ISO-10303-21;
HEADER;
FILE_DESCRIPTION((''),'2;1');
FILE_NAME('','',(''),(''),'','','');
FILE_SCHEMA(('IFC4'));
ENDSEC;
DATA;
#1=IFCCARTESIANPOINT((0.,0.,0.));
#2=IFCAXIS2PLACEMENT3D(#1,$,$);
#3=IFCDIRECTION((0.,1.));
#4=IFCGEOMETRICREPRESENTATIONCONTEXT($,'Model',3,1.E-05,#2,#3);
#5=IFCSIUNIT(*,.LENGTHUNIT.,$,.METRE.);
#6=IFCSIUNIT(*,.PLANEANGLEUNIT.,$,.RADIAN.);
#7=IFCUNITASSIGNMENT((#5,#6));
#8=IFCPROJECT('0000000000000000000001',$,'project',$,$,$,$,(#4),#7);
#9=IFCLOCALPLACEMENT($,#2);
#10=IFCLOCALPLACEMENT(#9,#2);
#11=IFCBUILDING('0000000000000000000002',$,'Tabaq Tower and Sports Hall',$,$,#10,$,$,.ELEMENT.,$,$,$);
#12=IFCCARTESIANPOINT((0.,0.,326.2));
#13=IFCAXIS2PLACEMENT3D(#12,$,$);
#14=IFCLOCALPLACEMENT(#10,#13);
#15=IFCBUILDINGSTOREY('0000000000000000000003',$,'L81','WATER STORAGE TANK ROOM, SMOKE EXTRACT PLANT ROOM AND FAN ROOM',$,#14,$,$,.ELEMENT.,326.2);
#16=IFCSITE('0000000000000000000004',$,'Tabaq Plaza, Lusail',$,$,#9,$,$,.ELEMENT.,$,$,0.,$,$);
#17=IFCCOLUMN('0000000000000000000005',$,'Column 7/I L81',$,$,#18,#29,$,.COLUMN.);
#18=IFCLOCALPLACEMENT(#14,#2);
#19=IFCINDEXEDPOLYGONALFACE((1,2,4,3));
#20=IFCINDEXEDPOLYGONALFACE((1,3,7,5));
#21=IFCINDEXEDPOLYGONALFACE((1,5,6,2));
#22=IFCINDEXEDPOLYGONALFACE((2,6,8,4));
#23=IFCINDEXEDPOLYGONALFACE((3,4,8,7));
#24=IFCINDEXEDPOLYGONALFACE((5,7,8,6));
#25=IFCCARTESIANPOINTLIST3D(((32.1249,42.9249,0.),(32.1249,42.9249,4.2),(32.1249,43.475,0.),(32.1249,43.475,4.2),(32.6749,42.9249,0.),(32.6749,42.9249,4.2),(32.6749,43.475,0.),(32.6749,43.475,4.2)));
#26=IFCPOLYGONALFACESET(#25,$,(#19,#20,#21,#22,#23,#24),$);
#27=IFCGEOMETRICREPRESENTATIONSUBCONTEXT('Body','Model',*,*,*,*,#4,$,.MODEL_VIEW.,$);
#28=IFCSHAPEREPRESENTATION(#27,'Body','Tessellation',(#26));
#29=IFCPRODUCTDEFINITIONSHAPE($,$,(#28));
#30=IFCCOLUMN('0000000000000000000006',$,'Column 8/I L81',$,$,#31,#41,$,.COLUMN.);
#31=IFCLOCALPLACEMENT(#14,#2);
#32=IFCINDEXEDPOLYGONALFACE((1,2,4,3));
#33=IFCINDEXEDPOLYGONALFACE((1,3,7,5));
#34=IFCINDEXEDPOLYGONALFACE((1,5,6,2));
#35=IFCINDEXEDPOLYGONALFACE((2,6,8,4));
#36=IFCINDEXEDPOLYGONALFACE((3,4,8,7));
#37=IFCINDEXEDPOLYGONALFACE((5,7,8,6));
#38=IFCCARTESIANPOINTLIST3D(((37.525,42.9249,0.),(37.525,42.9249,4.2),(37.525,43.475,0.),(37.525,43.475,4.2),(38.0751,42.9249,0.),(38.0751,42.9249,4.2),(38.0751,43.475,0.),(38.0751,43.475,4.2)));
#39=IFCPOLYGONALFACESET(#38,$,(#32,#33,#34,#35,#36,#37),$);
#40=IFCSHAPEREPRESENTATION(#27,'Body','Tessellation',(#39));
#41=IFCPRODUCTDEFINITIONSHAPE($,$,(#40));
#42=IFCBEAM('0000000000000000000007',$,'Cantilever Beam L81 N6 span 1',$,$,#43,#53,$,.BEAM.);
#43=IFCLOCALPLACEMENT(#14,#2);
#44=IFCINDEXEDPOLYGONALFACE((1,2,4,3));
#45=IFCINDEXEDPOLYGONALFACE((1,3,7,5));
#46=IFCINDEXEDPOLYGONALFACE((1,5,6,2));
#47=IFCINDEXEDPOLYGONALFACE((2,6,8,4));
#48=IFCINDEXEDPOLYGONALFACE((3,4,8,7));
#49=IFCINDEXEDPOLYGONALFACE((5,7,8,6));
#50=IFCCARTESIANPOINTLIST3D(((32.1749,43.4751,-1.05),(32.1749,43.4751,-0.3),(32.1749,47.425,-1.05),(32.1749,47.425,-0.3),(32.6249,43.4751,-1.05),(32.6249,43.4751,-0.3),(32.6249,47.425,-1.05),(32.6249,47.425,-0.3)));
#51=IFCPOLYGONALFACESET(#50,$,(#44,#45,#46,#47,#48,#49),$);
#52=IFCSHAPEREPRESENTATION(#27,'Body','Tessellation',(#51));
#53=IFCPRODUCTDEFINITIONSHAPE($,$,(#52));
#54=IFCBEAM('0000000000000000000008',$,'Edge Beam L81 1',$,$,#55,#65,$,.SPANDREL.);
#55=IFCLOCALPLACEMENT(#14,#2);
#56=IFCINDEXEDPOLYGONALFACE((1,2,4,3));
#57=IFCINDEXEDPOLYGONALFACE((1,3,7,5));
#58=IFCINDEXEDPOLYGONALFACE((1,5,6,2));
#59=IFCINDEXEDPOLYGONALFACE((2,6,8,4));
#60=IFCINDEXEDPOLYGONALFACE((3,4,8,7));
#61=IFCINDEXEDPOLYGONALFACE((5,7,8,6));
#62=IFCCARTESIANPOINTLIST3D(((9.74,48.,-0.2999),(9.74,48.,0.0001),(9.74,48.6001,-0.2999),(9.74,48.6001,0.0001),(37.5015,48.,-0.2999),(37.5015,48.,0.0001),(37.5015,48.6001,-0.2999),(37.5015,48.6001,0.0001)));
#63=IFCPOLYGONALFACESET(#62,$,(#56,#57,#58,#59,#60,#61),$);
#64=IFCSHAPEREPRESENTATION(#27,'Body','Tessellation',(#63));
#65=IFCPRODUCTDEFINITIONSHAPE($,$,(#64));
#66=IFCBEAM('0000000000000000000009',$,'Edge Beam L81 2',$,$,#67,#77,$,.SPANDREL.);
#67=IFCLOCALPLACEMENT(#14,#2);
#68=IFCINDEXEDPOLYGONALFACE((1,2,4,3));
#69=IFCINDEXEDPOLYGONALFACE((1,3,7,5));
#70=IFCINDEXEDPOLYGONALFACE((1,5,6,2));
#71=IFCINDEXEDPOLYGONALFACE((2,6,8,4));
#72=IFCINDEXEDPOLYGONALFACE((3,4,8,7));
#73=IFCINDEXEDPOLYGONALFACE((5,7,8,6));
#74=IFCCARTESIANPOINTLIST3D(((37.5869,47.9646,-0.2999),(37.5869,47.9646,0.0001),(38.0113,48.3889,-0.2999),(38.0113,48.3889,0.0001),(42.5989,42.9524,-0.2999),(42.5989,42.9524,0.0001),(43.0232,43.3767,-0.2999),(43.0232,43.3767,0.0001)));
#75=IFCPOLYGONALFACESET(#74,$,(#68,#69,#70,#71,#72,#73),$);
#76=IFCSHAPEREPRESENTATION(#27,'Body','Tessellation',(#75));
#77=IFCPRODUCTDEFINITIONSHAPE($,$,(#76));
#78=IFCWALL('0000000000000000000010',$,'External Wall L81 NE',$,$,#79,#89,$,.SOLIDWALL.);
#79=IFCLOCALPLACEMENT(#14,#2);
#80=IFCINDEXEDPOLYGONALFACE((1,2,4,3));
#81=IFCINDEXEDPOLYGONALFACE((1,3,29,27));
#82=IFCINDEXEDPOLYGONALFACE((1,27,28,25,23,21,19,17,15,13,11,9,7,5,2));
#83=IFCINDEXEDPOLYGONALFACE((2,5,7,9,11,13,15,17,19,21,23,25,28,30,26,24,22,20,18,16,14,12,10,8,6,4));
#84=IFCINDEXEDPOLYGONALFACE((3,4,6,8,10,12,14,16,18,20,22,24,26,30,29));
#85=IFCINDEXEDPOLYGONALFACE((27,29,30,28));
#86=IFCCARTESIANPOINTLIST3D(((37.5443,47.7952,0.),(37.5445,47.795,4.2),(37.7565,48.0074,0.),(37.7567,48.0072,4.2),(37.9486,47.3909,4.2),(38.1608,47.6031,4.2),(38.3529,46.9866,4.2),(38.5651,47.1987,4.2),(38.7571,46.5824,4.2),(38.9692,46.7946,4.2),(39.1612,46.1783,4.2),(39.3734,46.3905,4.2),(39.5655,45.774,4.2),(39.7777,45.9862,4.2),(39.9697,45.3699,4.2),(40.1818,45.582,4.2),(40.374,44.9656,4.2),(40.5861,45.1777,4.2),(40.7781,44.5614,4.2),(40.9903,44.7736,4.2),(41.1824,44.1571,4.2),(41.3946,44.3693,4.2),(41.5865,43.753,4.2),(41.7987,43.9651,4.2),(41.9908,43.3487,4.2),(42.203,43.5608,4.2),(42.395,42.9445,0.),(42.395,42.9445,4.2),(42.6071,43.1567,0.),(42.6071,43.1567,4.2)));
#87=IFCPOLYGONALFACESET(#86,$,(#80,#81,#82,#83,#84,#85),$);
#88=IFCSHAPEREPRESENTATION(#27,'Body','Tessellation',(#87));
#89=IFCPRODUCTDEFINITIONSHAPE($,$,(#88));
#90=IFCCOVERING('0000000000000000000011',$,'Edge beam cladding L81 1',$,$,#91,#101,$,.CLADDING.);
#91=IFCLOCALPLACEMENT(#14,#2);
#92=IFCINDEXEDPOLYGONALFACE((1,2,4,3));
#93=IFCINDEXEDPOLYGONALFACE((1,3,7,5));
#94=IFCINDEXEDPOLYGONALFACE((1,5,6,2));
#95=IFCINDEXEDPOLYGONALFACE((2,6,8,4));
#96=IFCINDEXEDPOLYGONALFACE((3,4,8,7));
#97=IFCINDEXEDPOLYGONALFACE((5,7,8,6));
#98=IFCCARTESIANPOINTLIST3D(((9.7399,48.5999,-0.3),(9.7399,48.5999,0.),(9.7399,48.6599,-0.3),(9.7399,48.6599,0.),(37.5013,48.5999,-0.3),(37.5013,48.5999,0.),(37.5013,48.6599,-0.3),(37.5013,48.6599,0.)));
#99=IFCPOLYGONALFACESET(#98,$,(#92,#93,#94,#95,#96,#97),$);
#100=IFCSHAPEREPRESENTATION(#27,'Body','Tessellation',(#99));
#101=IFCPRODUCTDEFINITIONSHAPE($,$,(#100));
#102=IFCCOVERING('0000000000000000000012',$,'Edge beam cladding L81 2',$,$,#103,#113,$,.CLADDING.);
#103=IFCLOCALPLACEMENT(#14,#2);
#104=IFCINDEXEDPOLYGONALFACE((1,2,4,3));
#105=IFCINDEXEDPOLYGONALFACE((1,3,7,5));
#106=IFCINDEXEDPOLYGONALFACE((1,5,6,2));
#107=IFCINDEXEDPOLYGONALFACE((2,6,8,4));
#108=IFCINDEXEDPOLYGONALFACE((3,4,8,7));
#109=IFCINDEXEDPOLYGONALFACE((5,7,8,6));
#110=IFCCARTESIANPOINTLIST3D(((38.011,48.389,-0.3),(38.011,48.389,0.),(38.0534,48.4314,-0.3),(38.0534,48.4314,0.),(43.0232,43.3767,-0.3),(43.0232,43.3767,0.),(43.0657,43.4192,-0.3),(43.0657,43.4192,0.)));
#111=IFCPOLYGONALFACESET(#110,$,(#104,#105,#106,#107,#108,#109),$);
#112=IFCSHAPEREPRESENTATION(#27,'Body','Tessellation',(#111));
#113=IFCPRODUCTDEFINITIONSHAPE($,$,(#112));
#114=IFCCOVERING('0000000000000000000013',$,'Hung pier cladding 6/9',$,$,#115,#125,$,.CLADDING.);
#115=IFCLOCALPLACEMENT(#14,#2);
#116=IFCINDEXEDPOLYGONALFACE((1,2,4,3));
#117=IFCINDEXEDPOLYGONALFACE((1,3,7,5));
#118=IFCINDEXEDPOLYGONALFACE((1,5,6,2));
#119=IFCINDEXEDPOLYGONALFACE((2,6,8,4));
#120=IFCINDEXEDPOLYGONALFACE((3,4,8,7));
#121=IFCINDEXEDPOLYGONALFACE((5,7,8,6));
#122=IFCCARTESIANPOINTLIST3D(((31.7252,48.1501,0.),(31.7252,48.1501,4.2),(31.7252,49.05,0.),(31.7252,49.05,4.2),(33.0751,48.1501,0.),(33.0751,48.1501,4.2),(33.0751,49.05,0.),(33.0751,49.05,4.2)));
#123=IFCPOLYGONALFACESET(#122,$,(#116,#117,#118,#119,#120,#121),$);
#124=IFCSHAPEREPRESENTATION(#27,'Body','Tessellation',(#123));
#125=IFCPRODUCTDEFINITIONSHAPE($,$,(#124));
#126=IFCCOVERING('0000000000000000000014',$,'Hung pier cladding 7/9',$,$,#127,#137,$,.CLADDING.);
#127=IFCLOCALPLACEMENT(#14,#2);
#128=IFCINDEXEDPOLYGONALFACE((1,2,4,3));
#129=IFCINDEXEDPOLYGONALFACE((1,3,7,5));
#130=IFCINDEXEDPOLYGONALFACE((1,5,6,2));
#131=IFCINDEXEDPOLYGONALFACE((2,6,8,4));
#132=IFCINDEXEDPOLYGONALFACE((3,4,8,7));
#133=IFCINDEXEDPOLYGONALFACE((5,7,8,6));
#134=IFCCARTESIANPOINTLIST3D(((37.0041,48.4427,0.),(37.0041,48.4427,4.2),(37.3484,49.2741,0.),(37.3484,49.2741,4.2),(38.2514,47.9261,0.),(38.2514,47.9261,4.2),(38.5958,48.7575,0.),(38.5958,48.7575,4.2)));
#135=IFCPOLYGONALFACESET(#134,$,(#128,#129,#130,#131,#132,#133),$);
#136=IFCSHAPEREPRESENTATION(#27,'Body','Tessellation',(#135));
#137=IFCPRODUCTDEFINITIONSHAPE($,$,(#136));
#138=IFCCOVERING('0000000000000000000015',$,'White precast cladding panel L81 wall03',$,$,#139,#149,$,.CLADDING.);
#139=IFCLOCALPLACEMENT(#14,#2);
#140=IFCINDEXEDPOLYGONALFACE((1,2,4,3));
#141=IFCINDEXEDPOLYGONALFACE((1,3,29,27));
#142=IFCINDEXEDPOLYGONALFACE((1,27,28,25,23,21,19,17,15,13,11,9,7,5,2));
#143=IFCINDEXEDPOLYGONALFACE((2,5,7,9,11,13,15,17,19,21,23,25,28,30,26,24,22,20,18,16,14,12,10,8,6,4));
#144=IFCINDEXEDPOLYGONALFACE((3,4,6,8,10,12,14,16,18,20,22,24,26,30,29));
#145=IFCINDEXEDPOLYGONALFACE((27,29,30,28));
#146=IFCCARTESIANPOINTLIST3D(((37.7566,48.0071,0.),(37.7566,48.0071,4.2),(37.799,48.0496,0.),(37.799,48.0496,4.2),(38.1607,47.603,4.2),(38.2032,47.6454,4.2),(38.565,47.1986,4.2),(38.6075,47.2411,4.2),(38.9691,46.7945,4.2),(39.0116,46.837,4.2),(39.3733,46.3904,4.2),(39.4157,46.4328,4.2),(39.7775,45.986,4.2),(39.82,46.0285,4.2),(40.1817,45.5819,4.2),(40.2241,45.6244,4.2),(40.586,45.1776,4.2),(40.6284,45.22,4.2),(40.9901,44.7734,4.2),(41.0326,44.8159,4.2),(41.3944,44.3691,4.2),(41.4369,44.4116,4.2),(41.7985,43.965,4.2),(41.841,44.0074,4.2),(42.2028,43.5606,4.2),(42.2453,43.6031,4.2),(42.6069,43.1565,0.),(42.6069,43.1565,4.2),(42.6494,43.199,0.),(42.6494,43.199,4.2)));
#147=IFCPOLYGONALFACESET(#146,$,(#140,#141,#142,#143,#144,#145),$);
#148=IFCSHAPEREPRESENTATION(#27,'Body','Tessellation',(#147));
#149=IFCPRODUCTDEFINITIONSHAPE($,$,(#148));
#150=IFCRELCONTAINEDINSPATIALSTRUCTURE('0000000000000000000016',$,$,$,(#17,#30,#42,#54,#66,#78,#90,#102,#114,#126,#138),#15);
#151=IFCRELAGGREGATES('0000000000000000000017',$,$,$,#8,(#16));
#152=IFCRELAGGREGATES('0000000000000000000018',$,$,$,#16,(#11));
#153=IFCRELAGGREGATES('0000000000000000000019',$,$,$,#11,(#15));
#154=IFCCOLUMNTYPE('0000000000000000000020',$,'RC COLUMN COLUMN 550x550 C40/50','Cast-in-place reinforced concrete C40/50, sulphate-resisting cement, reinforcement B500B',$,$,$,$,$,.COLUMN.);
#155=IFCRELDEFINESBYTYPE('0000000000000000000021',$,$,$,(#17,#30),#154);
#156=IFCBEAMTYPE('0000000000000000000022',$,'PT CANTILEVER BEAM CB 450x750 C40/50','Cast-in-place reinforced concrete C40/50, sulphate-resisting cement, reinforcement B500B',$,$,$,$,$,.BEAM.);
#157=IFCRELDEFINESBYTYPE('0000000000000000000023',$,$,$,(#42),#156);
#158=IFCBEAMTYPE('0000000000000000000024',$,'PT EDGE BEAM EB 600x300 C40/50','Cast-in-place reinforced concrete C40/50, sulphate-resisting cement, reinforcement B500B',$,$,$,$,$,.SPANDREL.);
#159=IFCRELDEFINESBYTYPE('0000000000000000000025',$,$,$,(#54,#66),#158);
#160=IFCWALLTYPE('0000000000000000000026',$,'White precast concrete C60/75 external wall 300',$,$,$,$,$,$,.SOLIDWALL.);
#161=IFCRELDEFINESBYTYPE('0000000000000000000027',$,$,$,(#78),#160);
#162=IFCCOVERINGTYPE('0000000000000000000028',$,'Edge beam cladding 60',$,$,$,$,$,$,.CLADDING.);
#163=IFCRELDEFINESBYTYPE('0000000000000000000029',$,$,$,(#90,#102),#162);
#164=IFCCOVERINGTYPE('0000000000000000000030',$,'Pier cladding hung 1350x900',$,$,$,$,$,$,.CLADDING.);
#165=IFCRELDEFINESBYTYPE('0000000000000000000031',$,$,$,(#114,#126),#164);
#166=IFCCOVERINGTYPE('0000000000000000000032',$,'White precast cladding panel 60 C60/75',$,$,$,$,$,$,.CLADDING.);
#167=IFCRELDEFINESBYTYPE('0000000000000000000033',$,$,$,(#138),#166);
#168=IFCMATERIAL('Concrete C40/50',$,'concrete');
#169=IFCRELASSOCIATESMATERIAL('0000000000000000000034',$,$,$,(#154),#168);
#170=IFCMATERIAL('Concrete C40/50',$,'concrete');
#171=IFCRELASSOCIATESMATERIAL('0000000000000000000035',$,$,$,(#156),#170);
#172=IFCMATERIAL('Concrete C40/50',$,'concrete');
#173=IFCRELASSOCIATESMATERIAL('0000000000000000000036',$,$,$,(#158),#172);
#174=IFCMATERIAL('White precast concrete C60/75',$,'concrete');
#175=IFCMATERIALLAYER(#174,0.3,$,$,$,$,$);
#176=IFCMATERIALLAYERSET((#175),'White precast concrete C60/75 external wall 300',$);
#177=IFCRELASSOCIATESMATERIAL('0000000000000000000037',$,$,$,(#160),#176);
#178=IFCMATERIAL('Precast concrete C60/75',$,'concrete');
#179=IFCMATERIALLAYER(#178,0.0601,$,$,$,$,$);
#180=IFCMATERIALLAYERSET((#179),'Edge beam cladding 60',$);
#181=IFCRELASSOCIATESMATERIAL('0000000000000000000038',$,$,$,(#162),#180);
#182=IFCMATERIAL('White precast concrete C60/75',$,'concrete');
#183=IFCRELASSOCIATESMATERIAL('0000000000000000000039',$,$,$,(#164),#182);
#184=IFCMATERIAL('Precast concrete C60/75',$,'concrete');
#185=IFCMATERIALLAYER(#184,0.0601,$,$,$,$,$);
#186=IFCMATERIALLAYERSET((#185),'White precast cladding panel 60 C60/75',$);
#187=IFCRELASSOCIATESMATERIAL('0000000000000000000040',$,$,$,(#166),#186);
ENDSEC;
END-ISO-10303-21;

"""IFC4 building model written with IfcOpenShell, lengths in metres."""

from ifc_helpers import new_model, si_unit, direction, frame, frame_2d, origin, origin_2d, place, context, subcontext, project, spatial, polyline, rectangle, outline, extrude, material, layer, layer_set, material_profile, profile_set, type_object, element, save


model = new_model("IFC4")

# Units and contexts
model_context = context("Model", 3, precision=1e-05, world=origin(), true_north=direction((0.0, 1.0)))
body_context = subcontext(model_context, "Body", "Model", "MODEL_VIEW")
ifc_project = project(units=[si_unit("LENGTHUNIT", "METRE"), si_unit("PLANEANGLEUNIT", "RADIAN")], contexts=[model_context])

# Site, building, storey
site_placement = place(None, origin())
site = spatial("IfcSite", under=ifc_project, at=site_placement, Name="Tabaq Plaza, Lusail", CompositionType="ELEMENT", RefElevation=0.0)
building_placement = place(site_placement, origin())
building = spatial("IfcBuilding", under=site, at=building_placement, Name="Tabaq Tower and Sports Hall", CompositionType="ELEMENT")
storey_placement = place(building_placement, frame((0.0, 0.0, 326.2)))
storey = spatial("IfcBuildingStorey", under=building, at=storey_placement, Name="L81", Description="WATER STORAGE TANK ROOM, SMOKE EXTRACT PLANT ROOM AND FAN ROOM", CompositionType="ELEMENT", Elevation=326.2)

# Columns
ifc_material_1 = material(Name="Concrete C40/50", Category="concrete")
ifc_material_profile_1 = material_profile(ifc_material_1, rectangle(XDim=0.55, YDim=0.55, at=origin_2d()), Name="COLUMN 550x550")
ifc_profile_set_1 = profile_set([ifc_material_profile_1], Name="Concrete C40/50")
column_type = type_object("IfcColumnType", Name="RC COLUMN COLUMN 550x550 C40/50", Description="Cast-in-place reinforced concrete C40/50, sulphate-resisting cement, reinforcement B500B", PredefinedType="COLUMN", material=ifc_profile_set_1)
for number, where, z_axis, x_axis, name in (
    (1, (32.3999, 43.2, 0.0), (0.0, 0.0, 1.0), (1.0, 0.0, 0.0), "Column 7/I L81"),
    (2, (37.8, 43.2, 0.0), (0.0, 0.0, 1.0), (1.0, 0.0, 0.0), "Column 8/I L81"),
):
    element("IfcColumn", number, at=place(storey_placement, frame(where, z_axis=z_axis, x_axis=x_axis)), inside=storey, type_object=column_type, Name=name, PredefinedType="COLUMN", context=body_context, shape_type="SweptSolid", body=[
        extrude(rectangle(XDim=0.55, YDim=0.55, at=origin_2d()), origin(), (0.0, 0.0, 1.0), 4.2),
    ])

# Beams
ifc_material_2 = material(Name="Concrete C40/50", Category="concrete")
ifc_material_profile_2 = material_profile(ifc_material_2, rectangle(XDim=0.45, YDim=0.75, at=origin_2d()), Name="CB 450x750")
ifc_profile_set_2 = profile_set([ifc_material_profile_2], Name="Concrete C40/50")
beam_type_1 = type_object("IfcBeamType", Name="PT CANTILEVER BEAM CB 450x750 C40/50", Description="Cast-in-place reinforced concrete C40/50, sulphate-resisting cement, reinforcement B500B", PredefinedType="BEAM", material=ifc_profile_set_2)
beam_1_placement = place(storey_placement, frame((32.3999, 47.425, -0.675), z_axis=(0.0, -1.0, 0.0), x_axis=(1.0, 0.0, 0.0)))
element("IfcBeam", 3, at=beam_1_placement, inside=storey, type_object=beam_type_1, Name="Cantilever Beam L81 N6 span 1", PredefinedType="BEAM", context=body_context, shape_type="SweptSolid", body=[
    extrude(rectangle(XDim=0.45, YDim=0.75, at=origin_2d()), origin(), (0.0, 0.0, 1.0), 3.95),
])
ifc_material_3 = material(Name="Concrete C40/50", Category="concrete")
ifc_material_profile_3 = material_profile(ifc_material_3, rectangle(XDim=0.6001, YDim=0.3, at=origin_2d()), Name="EB 600x300")
ifc_profile_set_3 = profile_set([ifc_material_profile_3], Name="Concrete C40/50")
beam_type_2 = type_object("IfcBeamType", Name="PT EDGE BEAM EB 600x300 C40/50", Description="Cast-in-place reinforced concrete C40/50, sulphate-resisting cement, reinforcement B500B", PredefinedType="SPANDREL", material=ifc_profile_set_3)
beam_2_placement = place(storey_placement, frame((37.5015, 48.3, -0.1499), z_axis=(-1.0, 0.0, 0.0), x_axis=(0.0, -1.0, 0.0)))
element("IfcBeam", 4, at=beam_2_placement, inside=storey, type_object=beam_type_2, Name="Edge Beam L81 1", PredefinedType="SPANDREL", context=body_context, shape_type="SweptSolid", body=[
    extrude(rectangle(XDim=0.6001, YDim=0.3, at=origin_2d()), origin(), (0.0, 0.0, 1.0), 27.7615),
])
beam_3_placement = place(storey_placement, frame((42.811, 43.1646, -0.1499), z_axis=(-0.70709, 0.707124, 0.0), x_axis=(-0.707124, -0.70709, 0.0)))
element("IfcBeam", 5, at=beam_3_placement, inside=storey, type_object=beam_type_2, Name="Edge Beam L81 2", PredefinedType="SPANDREL", context=body_context, shape_type="SweptSolid", body=[
    extrude(rectangle(XDim=0.6001, YDim=0.3, at=origin_2d()), origin(), (0.0, 0.0, 1.0), 7.0881),
])

# Wall
ifc_material_4 = material(Name="White precast concrete C60/75", Category="concrete")
ifc_layer_1 = layer(ifc_material_4, 0.3)
ifc_layer_set_1 = layer_set([ifc_layer_1], Name="White precast concrete C60/75 external wall 300")
wall_type = type_object("IfcWallType", Name="White precast concrete C60/75 external wall 300", PredefinedType="SOLIDWALL", material=ifc_layer_set_1)
wall_1_placement = place(storey_placement, frame((42.501, 43.0505, 0.0), z_axis=(0.0, 0.0, 1.0), x_axis=(-0.707107, 0.707107, 0.0)))
element("IfcWall", 6, at=wall_1_placement, inside=storey, type_object=wall_type, Name="External Wall L81 NE", PredefinedType="SOLIDWALL", context=body_context, shape_type="SweptSolid", body=[
    extrude(outline(polyline([(0.0, 0.0), (6.8599, 0.0), (6.8596, 4.2), (6.2881, 4.2), (5.7163, 4.2), (5.1448, 4.2), (4.5732, 4.2), (4.0015, 4.2), (3.4299, 4.2), (2.8582, 4.2), (2.2866, 4.2), (1.7148, 4.2), (1.1433, 4.2), (0.5715, 4.2), (0.0, 4.2), (0.0, 0.0)])), frame((0.0, 0.1499, 0.0), z_axis=(0.0, -1.0, 0.0), x_axis=(1.0, 0.0, 0.0)), (0.0, 0.0, 1.0), 0.3),
])

# Coverings
ifc_material_5 = material(Name="Precast concrete C60/75", Category="concrete")
ifc_layer_2 = layer(ifc_material_5, 0.0601)
ifc_layer_set_2 = layer_set([ifc_layer_2], Name="Edge beam cladding 60")
covering_type_1 = type_object("IfcCoveringType", Name="Edge beam cladding 60", PredefinedType="CLADDING", material=ifc_layer_set_2)
covering_1_placement = place(storey_placement, frame((37.5015, 48.6299, -0.3), z_axis=(0.0, 0.0, 1.0), x_axis=(-1.0, 0.0, 0.0)))
element("IfcCovering", 7, at=covering_1_placement, inside=storey, type_object=covering_type_1, Name="Edge beam cladding L81 1", PredefinedType="CLADDING", context=body_context, shape_type="SweptSolid", body=[
    extrude(rectangle(XDim=27.7615, YDim=0.0601, at=frame_2d((13.8809, 0.0))), origin(), (0.0, 0.0, 1.0), 0.3),
])
covering_2_placement = place(storey_placement, frame((43.0444, 43.3979, -0.3), z_axis=(0.0, 0.0, 1.0), x_axis=(-0.707107, 0.707107, 0.0)))
element("IfcCovering", 8, at=covering_2_placement, inside=storey, type_object=covering_type_1, Name="Edge beam cladding L81 2", PredefinedType="CLADDING", context=body_context, shape_type="SweptSolid", body=[
    extrude(rectangle(XDim=7.0884, YDim=0.0601, at=frame_2d((3.5442, 0.0))), origin(), (0.0, 0.0, 1.0), 0.3),
])
ifc_material_6 = material(Name="White precast concrete C60/75", Category="concrete")
covering_type_2 = type_object("IfcCoveringType", Name="Pier cladding hung 1350x900", PredefinedType="CLADDING", material=ifc_material_6)
covering_3_placement = place(storey_placement, frame((33.075, 48.6001, 0.0), z_axis=(0.0, 0.0, 1.0), x_axis=(-1.0, 0.0, 0.0)))
element("IfcCovering", 9, at=covering_3_placement, inside=storey, type_object=covering_type_2, Name="Hung pier cladding 6/9", PredefinedType="CLADDING", context=body_context, shape_type="SweptSolid", body=[
    extrude(rectangle(XDim=1.3499, YDim=0.8999, at=frame_2d((0.6748, 0.0))), origin(), (0.0, 0.0, 1.0), 4.2),
])
covering_4_placement = place(storey_placement, frame((38.4236, 48.3418, 0.0), z_axis=(0.0, 0.0, 1.0), x_axis=(-0.923893, 0.38265, 0.0)))
element("IfcCovering", 10, at=covering_4_placement, inside=storey, type_object=covering_type_2, Name="Hung pier cladding 7/9", PredefinedType="CLADDING", context=body_context, shape_type="SweptSolid", body=[
    extrude(rectangle(XDim=1.3501, YDim=0.8999, at=frame_2d((0.675, 0.0))), origin(), (0.0, 0.0, 1.0), 4.2),
])
ifc_material_7 = material(Name="Precast concrete C60/75", Category="concrete")
ifc_layer_3 = layer(ifc_material_7, 0.0601)
ifc_layer_set_3 = layer_set([ifc_layer_3], Name="White precast cladding panel 60 C60/75")
covering_type_3 = type_object("IfcCoveringType", Name="White precast cladding panel 60 C60/75", PredefinedType="CLADDING", material=ifc_layer_set_3)
covering_5_placement = place(storey_placement, frame((42.6282, 43.1777, 0.0), z_axis=(0.0, 0.0, 1.0), x_axis=(-0.707089, 0.707125, 0.0)))
element("IfcCovering", 11, at=covering_5_placement, inside=storey, type_object=covering_type_3, Name="White precast cladding panel L81 wall03", PredefinedType="CLADDING", context=body_context, shape_type="SweptSolid", body=[
    extrude(outline(polyline([(0.0, 0.0), (6.8596, 0.0), (6.8596, 4.2), (6.2881, 4.2), (5.7163, 4.2), (5.1448, 4.2), (4.5732, 4.2), (4.0015, 4.2), (3.4299, 4.2), (2.8582, 4.2), (2.2866, 4.2), (1.7148, 4.2), (1.1433, 4.2), (0.5715, 4.2), (0.0, 4.2), (0.0, 0.0)])), frame((0.0, 0.03, 0.0), z_axis=(0.0, -1.0, 0.0), x_axis=(1.0, 0.0, 0.0)), (0.0, 0.0, 1.0), 0.0601),
])

save(model, "model.ifc")
